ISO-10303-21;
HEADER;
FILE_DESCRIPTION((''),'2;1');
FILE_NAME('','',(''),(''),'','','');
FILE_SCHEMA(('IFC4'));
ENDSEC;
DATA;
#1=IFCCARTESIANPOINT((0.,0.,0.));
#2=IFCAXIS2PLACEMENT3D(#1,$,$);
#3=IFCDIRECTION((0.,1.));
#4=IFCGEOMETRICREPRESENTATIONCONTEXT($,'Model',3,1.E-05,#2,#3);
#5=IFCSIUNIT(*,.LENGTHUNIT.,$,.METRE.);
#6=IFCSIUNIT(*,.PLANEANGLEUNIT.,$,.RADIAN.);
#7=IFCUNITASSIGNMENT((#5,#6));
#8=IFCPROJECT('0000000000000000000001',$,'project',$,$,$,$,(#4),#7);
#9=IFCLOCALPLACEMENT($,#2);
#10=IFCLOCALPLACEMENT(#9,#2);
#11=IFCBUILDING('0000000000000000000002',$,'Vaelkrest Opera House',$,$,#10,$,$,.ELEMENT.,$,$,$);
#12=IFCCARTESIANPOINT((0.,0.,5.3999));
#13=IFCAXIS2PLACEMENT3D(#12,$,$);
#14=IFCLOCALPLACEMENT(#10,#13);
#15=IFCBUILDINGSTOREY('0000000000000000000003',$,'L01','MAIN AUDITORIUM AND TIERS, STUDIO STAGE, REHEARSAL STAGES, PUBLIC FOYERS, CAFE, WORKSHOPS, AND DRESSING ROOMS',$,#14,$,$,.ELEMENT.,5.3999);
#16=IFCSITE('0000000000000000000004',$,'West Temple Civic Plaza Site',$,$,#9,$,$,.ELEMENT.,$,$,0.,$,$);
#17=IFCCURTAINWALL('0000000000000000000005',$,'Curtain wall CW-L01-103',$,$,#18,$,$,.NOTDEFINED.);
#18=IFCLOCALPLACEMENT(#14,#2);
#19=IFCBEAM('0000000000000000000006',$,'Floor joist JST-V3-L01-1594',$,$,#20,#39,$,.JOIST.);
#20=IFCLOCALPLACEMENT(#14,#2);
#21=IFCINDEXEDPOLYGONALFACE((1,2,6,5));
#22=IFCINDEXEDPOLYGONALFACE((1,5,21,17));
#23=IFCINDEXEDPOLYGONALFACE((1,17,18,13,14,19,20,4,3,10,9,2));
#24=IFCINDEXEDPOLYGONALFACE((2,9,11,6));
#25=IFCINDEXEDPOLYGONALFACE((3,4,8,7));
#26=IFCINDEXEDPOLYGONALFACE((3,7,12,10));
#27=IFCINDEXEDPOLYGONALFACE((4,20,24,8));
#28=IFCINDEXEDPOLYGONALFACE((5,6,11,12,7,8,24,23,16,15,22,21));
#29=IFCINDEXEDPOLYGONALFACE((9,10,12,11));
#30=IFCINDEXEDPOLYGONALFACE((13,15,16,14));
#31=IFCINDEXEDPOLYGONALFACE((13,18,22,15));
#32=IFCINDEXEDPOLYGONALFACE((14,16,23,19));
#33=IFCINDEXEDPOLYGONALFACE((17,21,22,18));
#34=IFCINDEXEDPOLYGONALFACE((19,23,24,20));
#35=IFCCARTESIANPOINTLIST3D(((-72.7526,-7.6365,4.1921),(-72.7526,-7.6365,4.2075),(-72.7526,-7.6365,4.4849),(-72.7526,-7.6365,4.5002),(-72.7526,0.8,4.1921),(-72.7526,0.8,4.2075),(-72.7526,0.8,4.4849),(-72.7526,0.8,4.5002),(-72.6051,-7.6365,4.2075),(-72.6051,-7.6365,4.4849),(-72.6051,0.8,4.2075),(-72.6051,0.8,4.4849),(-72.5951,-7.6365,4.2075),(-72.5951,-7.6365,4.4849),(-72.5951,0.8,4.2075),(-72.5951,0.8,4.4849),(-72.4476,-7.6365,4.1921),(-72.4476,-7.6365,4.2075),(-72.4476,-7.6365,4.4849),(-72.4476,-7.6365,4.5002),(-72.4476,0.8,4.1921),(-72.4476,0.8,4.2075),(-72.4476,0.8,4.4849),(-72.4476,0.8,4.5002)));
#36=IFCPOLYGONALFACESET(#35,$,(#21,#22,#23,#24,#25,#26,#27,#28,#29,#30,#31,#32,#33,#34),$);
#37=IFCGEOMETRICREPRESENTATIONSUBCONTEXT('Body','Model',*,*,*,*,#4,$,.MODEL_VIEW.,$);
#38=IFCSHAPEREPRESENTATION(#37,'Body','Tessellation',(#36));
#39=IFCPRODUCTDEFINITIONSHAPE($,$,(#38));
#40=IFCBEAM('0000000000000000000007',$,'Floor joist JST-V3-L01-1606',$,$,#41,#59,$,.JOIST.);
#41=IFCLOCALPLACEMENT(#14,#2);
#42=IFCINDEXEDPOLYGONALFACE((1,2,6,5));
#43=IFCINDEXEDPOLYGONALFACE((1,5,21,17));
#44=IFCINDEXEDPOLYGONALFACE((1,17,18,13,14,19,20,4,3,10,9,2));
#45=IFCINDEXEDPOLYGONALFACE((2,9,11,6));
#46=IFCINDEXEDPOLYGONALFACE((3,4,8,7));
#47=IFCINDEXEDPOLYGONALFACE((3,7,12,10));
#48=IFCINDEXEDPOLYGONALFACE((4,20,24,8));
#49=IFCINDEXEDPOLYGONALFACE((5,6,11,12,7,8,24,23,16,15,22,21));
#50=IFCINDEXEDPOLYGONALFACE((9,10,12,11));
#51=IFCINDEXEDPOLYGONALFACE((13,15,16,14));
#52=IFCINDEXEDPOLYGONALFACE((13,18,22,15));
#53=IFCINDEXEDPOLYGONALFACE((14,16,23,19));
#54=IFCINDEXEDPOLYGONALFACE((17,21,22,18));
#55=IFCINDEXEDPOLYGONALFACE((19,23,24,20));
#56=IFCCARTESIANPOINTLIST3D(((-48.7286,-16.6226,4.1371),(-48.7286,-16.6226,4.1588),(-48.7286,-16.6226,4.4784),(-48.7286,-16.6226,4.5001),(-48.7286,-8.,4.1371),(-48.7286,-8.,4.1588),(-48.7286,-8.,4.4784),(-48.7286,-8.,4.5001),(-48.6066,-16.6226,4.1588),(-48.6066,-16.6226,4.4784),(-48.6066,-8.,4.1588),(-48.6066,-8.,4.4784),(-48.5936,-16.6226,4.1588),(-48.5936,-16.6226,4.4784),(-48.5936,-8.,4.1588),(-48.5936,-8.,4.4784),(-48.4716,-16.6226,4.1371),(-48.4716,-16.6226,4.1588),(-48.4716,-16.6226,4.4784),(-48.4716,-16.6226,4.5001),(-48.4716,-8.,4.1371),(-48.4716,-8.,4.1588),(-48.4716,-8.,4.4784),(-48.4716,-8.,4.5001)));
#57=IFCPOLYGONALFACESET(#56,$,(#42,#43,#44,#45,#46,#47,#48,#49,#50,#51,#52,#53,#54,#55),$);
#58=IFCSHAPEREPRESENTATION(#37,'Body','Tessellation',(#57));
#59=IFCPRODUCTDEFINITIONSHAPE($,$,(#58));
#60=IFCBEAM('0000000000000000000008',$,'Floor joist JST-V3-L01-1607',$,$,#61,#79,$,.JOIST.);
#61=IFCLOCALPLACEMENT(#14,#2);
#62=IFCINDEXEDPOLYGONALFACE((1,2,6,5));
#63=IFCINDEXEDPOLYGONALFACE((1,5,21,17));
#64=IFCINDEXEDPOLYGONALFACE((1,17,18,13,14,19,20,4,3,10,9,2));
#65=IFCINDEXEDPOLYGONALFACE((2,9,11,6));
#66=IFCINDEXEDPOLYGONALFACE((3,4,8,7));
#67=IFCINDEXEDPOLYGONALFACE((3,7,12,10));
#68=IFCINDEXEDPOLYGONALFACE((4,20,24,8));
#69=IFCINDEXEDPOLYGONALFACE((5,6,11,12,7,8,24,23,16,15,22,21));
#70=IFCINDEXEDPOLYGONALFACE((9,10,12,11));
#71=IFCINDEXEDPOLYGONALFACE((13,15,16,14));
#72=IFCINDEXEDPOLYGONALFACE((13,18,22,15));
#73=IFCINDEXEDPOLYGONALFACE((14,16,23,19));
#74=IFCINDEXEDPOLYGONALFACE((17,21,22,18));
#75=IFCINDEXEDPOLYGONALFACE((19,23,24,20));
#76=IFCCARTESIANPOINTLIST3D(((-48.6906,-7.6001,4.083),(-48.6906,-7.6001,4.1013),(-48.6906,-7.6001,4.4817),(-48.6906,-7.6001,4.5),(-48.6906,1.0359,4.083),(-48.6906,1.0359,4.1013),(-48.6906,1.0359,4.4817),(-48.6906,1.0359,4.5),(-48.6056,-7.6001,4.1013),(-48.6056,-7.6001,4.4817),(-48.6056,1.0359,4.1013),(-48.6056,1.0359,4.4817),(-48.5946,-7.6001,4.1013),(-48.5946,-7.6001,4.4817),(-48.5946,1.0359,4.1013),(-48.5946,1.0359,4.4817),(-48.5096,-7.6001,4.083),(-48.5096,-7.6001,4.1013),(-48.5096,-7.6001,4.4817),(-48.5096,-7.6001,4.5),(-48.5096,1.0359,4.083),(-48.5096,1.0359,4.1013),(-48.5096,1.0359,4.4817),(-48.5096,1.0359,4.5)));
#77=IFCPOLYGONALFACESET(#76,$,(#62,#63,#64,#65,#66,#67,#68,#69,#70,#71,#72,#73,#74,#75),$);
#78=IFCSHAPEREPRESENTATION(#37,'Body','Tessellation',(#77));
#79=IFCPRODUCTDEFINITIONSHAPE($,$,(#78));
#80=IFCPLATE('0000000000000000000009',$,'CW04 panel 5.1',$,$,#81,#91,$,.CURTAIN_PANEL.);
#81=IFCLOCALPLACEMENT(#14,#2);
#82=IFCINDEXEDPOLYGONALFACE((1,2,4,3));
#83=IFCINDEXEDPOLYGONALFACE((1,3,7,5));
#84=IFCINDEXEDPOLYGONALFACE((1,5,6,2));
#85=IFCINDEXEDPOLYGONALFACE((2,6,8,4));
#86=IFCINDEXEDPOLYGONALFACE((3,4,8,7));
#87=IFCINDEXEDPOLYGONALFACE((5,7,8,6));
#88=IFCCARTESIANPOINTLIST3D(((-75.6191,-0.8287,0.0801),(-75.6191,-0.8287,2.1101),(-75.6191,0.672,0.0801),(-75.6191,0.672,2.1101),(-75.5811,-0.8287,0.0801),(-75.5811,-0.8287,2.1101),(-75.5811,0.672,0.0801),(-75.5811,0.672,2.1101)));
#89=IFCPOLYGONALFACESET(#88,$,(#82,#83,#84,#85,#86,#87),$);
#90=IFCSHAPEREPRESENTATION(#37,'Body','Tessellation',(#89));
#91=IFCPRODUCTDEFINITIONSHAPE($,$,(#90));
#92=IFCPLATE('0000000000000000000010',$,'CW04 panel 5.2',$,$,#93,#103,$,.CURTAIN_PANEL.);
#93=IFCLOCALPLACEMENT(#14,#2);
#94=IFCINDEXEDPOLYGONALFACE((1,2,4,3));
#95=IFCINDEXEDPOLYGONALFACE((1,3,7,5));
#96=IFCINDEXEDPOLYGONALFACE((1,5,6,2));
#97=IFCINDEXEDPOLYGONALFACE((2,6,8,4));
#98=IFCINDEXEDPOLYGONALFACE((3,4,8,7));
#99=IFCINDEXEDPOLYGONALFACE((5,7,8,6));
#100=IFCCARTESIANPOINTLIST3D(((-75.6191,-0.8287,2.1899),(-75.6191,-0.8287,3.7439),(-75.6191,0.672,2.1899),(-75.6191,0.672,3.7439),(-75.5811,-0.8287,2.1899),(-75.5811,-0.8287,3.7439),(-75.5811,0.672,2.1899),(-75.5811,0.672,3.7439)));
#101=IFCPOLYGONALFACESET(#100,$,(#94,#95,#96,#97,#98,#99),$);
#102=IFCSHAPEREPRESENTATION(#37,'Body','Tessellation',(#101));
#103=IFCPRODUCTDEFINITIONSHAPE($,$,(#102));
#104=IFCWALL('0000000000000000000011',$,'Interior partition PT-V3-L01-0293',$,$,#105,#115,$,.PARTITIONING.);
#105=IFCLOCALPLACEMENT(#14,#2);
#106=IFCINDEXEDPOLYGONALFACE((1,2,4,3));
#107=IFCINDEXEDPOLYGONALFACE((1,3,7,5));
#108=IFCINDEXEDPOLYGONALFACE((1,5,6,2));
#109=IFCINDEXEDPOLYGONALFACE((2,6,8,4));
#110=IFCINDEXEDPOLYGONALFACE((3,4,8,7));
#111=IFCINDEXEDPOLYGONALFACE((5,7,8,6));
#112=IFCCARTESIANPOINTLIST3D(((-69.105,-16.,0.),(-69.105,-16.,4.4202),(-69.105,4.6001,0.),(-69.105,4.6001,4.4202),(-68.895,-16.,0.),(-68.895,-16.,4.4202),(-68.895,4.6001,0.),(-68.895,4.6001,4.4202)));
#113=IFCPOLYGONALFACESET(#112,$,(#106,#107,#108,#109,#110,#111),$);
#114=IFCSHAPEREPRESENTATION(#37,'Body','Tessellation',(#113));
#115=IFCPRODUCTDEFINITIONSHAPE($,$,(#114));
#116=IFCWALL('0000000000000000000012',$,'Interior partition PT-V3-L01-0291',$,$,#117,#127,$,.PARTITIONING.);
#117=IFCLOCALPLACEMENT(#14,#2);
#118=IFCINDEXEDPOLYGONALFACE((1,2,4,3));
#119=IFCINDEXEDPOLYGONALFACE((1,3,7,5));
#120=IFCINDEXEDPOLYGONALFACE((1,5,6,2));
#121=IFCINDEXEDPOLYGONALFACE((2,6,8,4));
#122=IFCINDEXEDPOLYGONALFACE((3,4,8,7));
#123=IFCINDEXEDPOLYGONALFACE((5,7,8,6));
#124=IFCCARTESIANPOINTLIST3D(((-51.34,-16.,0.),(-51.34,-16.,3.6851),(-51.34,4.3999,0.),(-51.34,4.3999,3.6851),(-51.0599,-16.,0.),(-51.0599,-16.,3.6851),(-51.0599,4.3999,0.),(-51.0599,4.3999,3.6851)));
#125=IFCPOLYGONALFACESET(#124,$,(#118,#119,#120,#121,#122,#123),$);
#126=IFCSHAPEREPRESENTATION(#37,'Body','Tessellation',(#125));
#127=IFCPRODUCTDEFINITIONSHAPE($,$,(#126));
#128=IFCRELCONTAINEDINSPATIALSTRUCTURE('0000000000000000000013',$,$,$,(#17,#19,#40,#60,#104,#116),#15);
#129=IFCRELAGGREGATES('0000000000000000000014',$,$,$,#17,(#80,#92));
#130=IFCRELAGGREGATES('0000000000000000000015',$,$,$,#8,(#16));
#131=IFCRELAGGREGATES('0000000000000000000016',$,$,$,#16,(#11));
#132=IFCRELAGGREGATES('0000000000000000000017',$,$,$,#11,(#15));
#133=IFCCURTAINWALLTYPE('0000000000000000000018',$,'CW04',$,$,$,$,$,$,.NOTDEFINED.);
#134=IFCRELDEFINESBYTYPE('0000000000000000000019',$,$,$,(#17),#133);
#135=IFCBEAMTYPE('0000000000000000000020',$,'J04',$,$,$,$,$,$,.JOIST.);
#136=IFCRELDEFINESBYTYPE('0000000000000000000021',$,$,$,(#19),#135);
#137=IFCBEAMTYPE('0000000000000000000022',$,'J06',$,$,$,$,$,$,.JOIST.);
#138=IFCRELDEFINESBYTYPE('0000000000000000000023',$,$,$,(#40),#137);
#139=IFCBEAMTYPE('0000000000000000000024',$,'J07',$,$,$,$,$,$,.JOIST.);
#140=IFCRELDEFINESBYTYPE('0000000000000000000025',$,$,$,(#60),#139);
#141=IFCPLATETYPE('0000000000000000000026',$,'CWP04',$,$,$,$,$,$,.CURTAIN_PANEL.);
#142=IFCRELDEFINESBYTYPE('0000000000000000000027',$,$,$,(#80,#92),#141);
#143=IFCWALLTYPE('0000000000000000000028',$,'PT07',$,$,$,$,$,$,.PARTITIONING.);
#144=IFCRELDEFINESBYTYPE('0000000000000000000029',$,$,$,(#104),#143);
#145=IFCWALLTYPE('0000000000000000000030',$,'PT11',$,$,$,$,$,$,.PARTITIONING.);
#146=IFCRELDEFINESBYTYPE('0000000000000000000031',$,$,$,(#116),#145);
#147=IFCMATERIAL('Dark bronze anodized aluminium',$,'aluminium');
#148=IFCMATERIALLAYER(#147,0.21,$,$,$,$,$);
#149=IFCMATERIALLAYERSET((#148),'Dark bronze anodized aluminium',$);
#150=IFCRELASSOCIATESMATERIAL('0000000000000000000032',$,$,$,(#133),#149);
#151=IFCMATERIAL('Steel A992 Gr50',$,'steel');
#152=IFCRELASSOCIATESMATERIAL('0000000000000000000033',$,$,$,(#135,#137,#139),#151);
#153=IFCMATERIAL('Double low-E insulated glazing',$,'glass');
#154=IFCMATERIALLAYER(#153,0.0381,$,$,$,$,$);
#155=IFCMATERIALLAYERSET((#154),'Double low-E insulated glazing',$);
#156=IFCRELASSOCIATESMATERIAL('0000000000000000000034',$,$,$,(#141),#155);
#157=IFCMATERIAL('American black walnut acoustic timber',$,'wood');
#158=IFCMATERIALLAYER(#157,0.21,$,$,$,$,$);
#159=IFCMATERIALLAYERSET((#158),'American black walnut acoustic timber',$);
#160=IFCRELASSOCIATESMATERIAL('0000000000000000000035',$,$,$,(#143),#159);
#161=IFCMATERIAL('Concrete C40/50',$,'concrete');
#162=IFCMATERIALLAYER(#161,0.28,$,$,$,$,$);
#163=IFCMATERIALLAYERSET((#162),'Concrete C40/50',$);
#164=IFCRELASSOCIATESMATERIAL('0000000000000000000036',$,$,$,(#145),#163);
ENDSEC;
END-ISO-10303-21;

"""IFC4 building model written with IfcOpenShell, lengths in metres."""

from ifc_helpers import new_model, si_unit, direction, frame, frame_2d, origin, origin_2d, place, context, subcontext, project, spatial, rectangle, i_section, extrude, material, layer, layer_set, material_profile, profile_set, type_object, element, aggregate, save


model = new_model("IFC4")

# Units and contexts
model_context = context("Model", 3, precision=1e-05, world=origin(), true_north=direction((0.0, 1.0)))
body_context = subcontext(model_context, "Body", "Model", "MODEL_VIEW")
ifc_project = project(units=[si_unit("LENGTHUNIT", "METRE"), si_unit("PLANEANGLEUNIT", "RADIAN")], contexts=[model_context])

# Site, building, storey
site_placement = place(None, origin())
site = spatial("IfcSite", under=ifc_project, at=site_placement, Name="West Temple Civic Plaza Site", CompositionType="ELEMENT", RefElevation=0.0)
building_placement = place(site_placement, origin())
building = spatial("IfcBuilding", under=site, at=building_placement, Name="Vaelkrest Opera House", CompositionType="ELEMENT")
storey_placement = place(building_placement, frame((0.0, 0.0, 5.3999)))
storey = spatial("IfcBuildingStorey", under=building, at=storey_placement, Name="L01", Description="MAIN AUDITORIUM AND TIERS, STUDIO STAGE, REHEARSAL STAGES, PUBLIC FOYERS, CAFE, WORKSHOPS, AND DRESSING ROOMS", CompositionType="ELEMENT", Elevation=5.3999)

# Shared definitions
ifc_material_1 = material(Name="Steel A992 Gr50", Category="steel")

# Curtain wall
ifc_material_2 = material(Name="Dark bronze anodized aluminium", Category="aluminium")
ifc_layer_1 = layer(ifc_material_2, 0.21)
ifc_layer_set_1 = layer_set([ifc_layer_1], Name="Dark bronze anodized aluminium")
curtain_wall_type = type_object("IfcCurtainWallType", Name="CW04", PredefinedType="NOTDEFINED", material=ifc_layer_set_1)
curtain_wall_placement = place(storey_placement, origin())
curtain_wall = element("IfcCurtainWall", 1, at=curtain_wall_placement, inside=storey, type_object=curtain_wall_type, Name="Curtain wall CW-L01-103", PredefinedType="NOTDEFINED")

# Beams
ifc_material_profile_1 = material_profile(ifc_material_1, i_section(OverallWidth=0.3049, OverallDepth=0.3081, WebThickness=0.01, FlangeThickness=0.0154, at=origin_2d()), Name="W12X65")
ifc_profile_set_1 = profile_set([ifc_material_profile_1], Name="Steel A992 Gr50")
beam_type_1 = type_object("IfcBeamType", Name="J04", PredefinedType="JOIST", material=ifc_profile_set_1)
beam_1_placement = place(storey_placement, frame((-72.6001, -7.6365, 4.3462), z_axis=(0.0, 1.0, 0.0), x_axis=(-1.0, 0.0, 0.0)))
element("IfcBeam", 2, at=beam_1_placement, inside=storey, type_object=beam_type_1, Name="Floor joist JST-V3-L01-1594", PredefinedType="JOIST", context=body_context, shape_type="SweptSolid", body=[
    extrude(i_section(OverallWidth=0.3049, OverallDepth=0.3081, WebThickness=0.01, FlangeThickness=0.0154, at=origin_2d()), origin(), (0.0, 0.0, 1.0), 8.4365),
])
ifc_material_profile_2 = material_profile(ifc_material_1, i_section(OverallWidth=0.2571, OverallDepth=0.363, WebThickness=0.0129, FlangeThickness=0.0217, at=origin_2d()), Name="W14X82")
ifc_profile_set_2 = profile_set([ifc_material_profile_2], Name="Steel A992 Gr50")
beam_type_2 = type_object("IfcBeamType", Name="J06", PredefinedType="JOIST", material=ifc_profile_set_2)
beam_2_placement = place(storey_placement, frame((-48.6001, -16.6226, 4.3186), z_axis=(0.0, 1.0, 0.0), x_axis=(-1.0, 0.0, 0.0)))
element("IfcBeam", 3, at=beam_2_placement, inside=storey, type_object=beam_type_2, Name="Floor joist JST-V3-L01-1606", PredefinedType="JOIST", context=body_context, shape_type="SweptSolid", body=[
    extrude(i_section(OverallWidth=0.2571, OverallDepth=0.363, WebThickness=0.0129, FlangeThickness=0.0217, at=origin_2d()), origin(), (0.0, 0.0, 1.0), 8.6226),
])
ifc_material_profile_3 = material_profile(ifc_material_1, i_section(OverallWidth=0.1809, OverallDepth=0.417, WebThickness=0.011, FlangeThickness=0.0183, at=origin_2d()), Name="W16X57")
ifc_profile_set_3 = profile_set([ifc_material_profile_3], Name="Steel A992 Gr50")
beam_type_3 = type_object("IfcBeamType", Name="J07", PredefinedType="JOIST", material=ifc_profile_set_3)
beam_3_placement = place(storey_placement, frame((-48.6001, -7.6001, 4.2915), z_axis=(0.0, 1.0, 0.0), x_axis=(-1.0, 0.0, 0.0)))
element("IfcBeam", 4, at=beam_3_placement, inside=storey, type_object=beam_type_3, Name="Floor joist JST-V3-L01-1607", PredefinedType="JOIST", context=body_context, shape_type="SweptSolid", body=[
    extrude(i_section(OverallWidth=0.1809, OverallDepth=0.417, WebThickness=0.011, FlangeThickness=0.0183, at=origin_2d()), origin(), (0.0, 0.0, 1.0), 8.636),
])

# Plates
ifc_material_3 = material(Name="Double low-E insulated glazing", Category="glass")
ifc_layer_2 = layer(ifc_material_3, 0.0381)
ifc_layer_set_2 = layer_set([ifc_layer_2], Name="Double low-E insulated glazing")
plate_type = type_object("IfcPlateType", Name="CWP04", PredefinedType="CURTAIN_PANEL", material=ifc_layer_set_2)
plate_1_placement = place(storey_placement, frame((-75.6001, -0.0784, 0.0801), z_axis=(0.0, 0.0, 1.0), x_axis=(0.0, 1.0, 0.0)))
plate_1 = element("IfcPlate", 5, at=plate_1_placement, type_object=plate_type, Name="CW04 panel 5.1", PredefinedType="CURTAIN_PANEL", context=body_context, shape_type="SweptSolid", body=[
    extrude(rectangle(XDim=1.5007, YDim=0.0381, at=origin_2d()), origin(), (0.0, 0.0, 1.0), 2.03),
])
plate_2_placement = place(storey_placement, frame((-75.6001, -0.0784, 2.1899), z_axis=(0.0, 0.0, 1.0), x_axis=(0.0, 1.0, 0.0)))
plate_2 = element("IfcPlate", 6, at=plate_2_placement, type_object=plate_type, Name="CW04 panel 5.2", PredefinedType="CURTAIN_PANEL", context=body_context, shape_type="SweptSolid", body=[
    extrude(rectangle(XDim=1.5007, YDim=0.0381, at=origin_2d()), origin(), (0.0, 0.0, 1.0), 1.554),
])
aggregate(curtain_wall, [plate_1, plate_2])

# Walls
ifc_material_4 = material(Name="American black walnut acoustic timber", Category="wood")
ifc_layer_3 = layer(ifc_material_4, 0.21)
ifc_layer_set_3 = layer_set([ifc_layer_3], Name="American black walnut acoustic timber")
wall_type_1 = type_object("IfcWallType", Name="PT07", PredefinedType="PARTITIONING", material=ifc_layer_set_3)
wall_1_placement = place(storey_placement, frame((-69.0, -16.0, 0.0), z_axis=(0.0, 0.0, 1.0), x_axis=(0.0, 1.0, 0.0)))
element("IfcWall", 7, at=wall_1_placement, inside=storey, type_object=wall_type_1, Name="Interior partition PT-V3-L01-0293", PredefinedType="PARTITIONING", context=body_context, shape_type="SweptSolid", body=[
    extrude(rectangle(XDim=20.6001, YDim=0.21, at=frame_2d((10.3, 0.0))), origin(), (0.0, 0.0, 1.0), 4.4202),
])
ifc_material_5 = material(Name="Concrete C40/50", Category="concrete")
ifc_layer_4 = layer(ifc_material_5, 0.28)
ifc_layer_set_4 = layer_set([ifc_layer_4], Name="Concrete C40/50")
wall_type_2 = type_object("IfcWallType", Name="PT11", PredefinedType="PARTITIONING", material=ifc_layer_set_4)
wall_2_placement = place(storey_placement, frame((-51.2, -16.0, 0.0), z_axis=(0.0, 0.0, 1.0), x_axis=(0.0, 1.0, 0.0)))
element("IfcWall", 8, at=wall_2_placement, inside=storey, type_object=wall_type_2, Name="Interior partition PT-V3-L01-0291", PredefinedType="PARTITIONING", context=body_context, shape_type="SweptSolid", body=[
    extrude(rectangle(XDim=20.3999, YDim=0.28, at=frame_2d((10.2, 0.0))), origin(), (0.0, 0.0, 1.0), 3.6851),
])

save(model, "model.ifc")
